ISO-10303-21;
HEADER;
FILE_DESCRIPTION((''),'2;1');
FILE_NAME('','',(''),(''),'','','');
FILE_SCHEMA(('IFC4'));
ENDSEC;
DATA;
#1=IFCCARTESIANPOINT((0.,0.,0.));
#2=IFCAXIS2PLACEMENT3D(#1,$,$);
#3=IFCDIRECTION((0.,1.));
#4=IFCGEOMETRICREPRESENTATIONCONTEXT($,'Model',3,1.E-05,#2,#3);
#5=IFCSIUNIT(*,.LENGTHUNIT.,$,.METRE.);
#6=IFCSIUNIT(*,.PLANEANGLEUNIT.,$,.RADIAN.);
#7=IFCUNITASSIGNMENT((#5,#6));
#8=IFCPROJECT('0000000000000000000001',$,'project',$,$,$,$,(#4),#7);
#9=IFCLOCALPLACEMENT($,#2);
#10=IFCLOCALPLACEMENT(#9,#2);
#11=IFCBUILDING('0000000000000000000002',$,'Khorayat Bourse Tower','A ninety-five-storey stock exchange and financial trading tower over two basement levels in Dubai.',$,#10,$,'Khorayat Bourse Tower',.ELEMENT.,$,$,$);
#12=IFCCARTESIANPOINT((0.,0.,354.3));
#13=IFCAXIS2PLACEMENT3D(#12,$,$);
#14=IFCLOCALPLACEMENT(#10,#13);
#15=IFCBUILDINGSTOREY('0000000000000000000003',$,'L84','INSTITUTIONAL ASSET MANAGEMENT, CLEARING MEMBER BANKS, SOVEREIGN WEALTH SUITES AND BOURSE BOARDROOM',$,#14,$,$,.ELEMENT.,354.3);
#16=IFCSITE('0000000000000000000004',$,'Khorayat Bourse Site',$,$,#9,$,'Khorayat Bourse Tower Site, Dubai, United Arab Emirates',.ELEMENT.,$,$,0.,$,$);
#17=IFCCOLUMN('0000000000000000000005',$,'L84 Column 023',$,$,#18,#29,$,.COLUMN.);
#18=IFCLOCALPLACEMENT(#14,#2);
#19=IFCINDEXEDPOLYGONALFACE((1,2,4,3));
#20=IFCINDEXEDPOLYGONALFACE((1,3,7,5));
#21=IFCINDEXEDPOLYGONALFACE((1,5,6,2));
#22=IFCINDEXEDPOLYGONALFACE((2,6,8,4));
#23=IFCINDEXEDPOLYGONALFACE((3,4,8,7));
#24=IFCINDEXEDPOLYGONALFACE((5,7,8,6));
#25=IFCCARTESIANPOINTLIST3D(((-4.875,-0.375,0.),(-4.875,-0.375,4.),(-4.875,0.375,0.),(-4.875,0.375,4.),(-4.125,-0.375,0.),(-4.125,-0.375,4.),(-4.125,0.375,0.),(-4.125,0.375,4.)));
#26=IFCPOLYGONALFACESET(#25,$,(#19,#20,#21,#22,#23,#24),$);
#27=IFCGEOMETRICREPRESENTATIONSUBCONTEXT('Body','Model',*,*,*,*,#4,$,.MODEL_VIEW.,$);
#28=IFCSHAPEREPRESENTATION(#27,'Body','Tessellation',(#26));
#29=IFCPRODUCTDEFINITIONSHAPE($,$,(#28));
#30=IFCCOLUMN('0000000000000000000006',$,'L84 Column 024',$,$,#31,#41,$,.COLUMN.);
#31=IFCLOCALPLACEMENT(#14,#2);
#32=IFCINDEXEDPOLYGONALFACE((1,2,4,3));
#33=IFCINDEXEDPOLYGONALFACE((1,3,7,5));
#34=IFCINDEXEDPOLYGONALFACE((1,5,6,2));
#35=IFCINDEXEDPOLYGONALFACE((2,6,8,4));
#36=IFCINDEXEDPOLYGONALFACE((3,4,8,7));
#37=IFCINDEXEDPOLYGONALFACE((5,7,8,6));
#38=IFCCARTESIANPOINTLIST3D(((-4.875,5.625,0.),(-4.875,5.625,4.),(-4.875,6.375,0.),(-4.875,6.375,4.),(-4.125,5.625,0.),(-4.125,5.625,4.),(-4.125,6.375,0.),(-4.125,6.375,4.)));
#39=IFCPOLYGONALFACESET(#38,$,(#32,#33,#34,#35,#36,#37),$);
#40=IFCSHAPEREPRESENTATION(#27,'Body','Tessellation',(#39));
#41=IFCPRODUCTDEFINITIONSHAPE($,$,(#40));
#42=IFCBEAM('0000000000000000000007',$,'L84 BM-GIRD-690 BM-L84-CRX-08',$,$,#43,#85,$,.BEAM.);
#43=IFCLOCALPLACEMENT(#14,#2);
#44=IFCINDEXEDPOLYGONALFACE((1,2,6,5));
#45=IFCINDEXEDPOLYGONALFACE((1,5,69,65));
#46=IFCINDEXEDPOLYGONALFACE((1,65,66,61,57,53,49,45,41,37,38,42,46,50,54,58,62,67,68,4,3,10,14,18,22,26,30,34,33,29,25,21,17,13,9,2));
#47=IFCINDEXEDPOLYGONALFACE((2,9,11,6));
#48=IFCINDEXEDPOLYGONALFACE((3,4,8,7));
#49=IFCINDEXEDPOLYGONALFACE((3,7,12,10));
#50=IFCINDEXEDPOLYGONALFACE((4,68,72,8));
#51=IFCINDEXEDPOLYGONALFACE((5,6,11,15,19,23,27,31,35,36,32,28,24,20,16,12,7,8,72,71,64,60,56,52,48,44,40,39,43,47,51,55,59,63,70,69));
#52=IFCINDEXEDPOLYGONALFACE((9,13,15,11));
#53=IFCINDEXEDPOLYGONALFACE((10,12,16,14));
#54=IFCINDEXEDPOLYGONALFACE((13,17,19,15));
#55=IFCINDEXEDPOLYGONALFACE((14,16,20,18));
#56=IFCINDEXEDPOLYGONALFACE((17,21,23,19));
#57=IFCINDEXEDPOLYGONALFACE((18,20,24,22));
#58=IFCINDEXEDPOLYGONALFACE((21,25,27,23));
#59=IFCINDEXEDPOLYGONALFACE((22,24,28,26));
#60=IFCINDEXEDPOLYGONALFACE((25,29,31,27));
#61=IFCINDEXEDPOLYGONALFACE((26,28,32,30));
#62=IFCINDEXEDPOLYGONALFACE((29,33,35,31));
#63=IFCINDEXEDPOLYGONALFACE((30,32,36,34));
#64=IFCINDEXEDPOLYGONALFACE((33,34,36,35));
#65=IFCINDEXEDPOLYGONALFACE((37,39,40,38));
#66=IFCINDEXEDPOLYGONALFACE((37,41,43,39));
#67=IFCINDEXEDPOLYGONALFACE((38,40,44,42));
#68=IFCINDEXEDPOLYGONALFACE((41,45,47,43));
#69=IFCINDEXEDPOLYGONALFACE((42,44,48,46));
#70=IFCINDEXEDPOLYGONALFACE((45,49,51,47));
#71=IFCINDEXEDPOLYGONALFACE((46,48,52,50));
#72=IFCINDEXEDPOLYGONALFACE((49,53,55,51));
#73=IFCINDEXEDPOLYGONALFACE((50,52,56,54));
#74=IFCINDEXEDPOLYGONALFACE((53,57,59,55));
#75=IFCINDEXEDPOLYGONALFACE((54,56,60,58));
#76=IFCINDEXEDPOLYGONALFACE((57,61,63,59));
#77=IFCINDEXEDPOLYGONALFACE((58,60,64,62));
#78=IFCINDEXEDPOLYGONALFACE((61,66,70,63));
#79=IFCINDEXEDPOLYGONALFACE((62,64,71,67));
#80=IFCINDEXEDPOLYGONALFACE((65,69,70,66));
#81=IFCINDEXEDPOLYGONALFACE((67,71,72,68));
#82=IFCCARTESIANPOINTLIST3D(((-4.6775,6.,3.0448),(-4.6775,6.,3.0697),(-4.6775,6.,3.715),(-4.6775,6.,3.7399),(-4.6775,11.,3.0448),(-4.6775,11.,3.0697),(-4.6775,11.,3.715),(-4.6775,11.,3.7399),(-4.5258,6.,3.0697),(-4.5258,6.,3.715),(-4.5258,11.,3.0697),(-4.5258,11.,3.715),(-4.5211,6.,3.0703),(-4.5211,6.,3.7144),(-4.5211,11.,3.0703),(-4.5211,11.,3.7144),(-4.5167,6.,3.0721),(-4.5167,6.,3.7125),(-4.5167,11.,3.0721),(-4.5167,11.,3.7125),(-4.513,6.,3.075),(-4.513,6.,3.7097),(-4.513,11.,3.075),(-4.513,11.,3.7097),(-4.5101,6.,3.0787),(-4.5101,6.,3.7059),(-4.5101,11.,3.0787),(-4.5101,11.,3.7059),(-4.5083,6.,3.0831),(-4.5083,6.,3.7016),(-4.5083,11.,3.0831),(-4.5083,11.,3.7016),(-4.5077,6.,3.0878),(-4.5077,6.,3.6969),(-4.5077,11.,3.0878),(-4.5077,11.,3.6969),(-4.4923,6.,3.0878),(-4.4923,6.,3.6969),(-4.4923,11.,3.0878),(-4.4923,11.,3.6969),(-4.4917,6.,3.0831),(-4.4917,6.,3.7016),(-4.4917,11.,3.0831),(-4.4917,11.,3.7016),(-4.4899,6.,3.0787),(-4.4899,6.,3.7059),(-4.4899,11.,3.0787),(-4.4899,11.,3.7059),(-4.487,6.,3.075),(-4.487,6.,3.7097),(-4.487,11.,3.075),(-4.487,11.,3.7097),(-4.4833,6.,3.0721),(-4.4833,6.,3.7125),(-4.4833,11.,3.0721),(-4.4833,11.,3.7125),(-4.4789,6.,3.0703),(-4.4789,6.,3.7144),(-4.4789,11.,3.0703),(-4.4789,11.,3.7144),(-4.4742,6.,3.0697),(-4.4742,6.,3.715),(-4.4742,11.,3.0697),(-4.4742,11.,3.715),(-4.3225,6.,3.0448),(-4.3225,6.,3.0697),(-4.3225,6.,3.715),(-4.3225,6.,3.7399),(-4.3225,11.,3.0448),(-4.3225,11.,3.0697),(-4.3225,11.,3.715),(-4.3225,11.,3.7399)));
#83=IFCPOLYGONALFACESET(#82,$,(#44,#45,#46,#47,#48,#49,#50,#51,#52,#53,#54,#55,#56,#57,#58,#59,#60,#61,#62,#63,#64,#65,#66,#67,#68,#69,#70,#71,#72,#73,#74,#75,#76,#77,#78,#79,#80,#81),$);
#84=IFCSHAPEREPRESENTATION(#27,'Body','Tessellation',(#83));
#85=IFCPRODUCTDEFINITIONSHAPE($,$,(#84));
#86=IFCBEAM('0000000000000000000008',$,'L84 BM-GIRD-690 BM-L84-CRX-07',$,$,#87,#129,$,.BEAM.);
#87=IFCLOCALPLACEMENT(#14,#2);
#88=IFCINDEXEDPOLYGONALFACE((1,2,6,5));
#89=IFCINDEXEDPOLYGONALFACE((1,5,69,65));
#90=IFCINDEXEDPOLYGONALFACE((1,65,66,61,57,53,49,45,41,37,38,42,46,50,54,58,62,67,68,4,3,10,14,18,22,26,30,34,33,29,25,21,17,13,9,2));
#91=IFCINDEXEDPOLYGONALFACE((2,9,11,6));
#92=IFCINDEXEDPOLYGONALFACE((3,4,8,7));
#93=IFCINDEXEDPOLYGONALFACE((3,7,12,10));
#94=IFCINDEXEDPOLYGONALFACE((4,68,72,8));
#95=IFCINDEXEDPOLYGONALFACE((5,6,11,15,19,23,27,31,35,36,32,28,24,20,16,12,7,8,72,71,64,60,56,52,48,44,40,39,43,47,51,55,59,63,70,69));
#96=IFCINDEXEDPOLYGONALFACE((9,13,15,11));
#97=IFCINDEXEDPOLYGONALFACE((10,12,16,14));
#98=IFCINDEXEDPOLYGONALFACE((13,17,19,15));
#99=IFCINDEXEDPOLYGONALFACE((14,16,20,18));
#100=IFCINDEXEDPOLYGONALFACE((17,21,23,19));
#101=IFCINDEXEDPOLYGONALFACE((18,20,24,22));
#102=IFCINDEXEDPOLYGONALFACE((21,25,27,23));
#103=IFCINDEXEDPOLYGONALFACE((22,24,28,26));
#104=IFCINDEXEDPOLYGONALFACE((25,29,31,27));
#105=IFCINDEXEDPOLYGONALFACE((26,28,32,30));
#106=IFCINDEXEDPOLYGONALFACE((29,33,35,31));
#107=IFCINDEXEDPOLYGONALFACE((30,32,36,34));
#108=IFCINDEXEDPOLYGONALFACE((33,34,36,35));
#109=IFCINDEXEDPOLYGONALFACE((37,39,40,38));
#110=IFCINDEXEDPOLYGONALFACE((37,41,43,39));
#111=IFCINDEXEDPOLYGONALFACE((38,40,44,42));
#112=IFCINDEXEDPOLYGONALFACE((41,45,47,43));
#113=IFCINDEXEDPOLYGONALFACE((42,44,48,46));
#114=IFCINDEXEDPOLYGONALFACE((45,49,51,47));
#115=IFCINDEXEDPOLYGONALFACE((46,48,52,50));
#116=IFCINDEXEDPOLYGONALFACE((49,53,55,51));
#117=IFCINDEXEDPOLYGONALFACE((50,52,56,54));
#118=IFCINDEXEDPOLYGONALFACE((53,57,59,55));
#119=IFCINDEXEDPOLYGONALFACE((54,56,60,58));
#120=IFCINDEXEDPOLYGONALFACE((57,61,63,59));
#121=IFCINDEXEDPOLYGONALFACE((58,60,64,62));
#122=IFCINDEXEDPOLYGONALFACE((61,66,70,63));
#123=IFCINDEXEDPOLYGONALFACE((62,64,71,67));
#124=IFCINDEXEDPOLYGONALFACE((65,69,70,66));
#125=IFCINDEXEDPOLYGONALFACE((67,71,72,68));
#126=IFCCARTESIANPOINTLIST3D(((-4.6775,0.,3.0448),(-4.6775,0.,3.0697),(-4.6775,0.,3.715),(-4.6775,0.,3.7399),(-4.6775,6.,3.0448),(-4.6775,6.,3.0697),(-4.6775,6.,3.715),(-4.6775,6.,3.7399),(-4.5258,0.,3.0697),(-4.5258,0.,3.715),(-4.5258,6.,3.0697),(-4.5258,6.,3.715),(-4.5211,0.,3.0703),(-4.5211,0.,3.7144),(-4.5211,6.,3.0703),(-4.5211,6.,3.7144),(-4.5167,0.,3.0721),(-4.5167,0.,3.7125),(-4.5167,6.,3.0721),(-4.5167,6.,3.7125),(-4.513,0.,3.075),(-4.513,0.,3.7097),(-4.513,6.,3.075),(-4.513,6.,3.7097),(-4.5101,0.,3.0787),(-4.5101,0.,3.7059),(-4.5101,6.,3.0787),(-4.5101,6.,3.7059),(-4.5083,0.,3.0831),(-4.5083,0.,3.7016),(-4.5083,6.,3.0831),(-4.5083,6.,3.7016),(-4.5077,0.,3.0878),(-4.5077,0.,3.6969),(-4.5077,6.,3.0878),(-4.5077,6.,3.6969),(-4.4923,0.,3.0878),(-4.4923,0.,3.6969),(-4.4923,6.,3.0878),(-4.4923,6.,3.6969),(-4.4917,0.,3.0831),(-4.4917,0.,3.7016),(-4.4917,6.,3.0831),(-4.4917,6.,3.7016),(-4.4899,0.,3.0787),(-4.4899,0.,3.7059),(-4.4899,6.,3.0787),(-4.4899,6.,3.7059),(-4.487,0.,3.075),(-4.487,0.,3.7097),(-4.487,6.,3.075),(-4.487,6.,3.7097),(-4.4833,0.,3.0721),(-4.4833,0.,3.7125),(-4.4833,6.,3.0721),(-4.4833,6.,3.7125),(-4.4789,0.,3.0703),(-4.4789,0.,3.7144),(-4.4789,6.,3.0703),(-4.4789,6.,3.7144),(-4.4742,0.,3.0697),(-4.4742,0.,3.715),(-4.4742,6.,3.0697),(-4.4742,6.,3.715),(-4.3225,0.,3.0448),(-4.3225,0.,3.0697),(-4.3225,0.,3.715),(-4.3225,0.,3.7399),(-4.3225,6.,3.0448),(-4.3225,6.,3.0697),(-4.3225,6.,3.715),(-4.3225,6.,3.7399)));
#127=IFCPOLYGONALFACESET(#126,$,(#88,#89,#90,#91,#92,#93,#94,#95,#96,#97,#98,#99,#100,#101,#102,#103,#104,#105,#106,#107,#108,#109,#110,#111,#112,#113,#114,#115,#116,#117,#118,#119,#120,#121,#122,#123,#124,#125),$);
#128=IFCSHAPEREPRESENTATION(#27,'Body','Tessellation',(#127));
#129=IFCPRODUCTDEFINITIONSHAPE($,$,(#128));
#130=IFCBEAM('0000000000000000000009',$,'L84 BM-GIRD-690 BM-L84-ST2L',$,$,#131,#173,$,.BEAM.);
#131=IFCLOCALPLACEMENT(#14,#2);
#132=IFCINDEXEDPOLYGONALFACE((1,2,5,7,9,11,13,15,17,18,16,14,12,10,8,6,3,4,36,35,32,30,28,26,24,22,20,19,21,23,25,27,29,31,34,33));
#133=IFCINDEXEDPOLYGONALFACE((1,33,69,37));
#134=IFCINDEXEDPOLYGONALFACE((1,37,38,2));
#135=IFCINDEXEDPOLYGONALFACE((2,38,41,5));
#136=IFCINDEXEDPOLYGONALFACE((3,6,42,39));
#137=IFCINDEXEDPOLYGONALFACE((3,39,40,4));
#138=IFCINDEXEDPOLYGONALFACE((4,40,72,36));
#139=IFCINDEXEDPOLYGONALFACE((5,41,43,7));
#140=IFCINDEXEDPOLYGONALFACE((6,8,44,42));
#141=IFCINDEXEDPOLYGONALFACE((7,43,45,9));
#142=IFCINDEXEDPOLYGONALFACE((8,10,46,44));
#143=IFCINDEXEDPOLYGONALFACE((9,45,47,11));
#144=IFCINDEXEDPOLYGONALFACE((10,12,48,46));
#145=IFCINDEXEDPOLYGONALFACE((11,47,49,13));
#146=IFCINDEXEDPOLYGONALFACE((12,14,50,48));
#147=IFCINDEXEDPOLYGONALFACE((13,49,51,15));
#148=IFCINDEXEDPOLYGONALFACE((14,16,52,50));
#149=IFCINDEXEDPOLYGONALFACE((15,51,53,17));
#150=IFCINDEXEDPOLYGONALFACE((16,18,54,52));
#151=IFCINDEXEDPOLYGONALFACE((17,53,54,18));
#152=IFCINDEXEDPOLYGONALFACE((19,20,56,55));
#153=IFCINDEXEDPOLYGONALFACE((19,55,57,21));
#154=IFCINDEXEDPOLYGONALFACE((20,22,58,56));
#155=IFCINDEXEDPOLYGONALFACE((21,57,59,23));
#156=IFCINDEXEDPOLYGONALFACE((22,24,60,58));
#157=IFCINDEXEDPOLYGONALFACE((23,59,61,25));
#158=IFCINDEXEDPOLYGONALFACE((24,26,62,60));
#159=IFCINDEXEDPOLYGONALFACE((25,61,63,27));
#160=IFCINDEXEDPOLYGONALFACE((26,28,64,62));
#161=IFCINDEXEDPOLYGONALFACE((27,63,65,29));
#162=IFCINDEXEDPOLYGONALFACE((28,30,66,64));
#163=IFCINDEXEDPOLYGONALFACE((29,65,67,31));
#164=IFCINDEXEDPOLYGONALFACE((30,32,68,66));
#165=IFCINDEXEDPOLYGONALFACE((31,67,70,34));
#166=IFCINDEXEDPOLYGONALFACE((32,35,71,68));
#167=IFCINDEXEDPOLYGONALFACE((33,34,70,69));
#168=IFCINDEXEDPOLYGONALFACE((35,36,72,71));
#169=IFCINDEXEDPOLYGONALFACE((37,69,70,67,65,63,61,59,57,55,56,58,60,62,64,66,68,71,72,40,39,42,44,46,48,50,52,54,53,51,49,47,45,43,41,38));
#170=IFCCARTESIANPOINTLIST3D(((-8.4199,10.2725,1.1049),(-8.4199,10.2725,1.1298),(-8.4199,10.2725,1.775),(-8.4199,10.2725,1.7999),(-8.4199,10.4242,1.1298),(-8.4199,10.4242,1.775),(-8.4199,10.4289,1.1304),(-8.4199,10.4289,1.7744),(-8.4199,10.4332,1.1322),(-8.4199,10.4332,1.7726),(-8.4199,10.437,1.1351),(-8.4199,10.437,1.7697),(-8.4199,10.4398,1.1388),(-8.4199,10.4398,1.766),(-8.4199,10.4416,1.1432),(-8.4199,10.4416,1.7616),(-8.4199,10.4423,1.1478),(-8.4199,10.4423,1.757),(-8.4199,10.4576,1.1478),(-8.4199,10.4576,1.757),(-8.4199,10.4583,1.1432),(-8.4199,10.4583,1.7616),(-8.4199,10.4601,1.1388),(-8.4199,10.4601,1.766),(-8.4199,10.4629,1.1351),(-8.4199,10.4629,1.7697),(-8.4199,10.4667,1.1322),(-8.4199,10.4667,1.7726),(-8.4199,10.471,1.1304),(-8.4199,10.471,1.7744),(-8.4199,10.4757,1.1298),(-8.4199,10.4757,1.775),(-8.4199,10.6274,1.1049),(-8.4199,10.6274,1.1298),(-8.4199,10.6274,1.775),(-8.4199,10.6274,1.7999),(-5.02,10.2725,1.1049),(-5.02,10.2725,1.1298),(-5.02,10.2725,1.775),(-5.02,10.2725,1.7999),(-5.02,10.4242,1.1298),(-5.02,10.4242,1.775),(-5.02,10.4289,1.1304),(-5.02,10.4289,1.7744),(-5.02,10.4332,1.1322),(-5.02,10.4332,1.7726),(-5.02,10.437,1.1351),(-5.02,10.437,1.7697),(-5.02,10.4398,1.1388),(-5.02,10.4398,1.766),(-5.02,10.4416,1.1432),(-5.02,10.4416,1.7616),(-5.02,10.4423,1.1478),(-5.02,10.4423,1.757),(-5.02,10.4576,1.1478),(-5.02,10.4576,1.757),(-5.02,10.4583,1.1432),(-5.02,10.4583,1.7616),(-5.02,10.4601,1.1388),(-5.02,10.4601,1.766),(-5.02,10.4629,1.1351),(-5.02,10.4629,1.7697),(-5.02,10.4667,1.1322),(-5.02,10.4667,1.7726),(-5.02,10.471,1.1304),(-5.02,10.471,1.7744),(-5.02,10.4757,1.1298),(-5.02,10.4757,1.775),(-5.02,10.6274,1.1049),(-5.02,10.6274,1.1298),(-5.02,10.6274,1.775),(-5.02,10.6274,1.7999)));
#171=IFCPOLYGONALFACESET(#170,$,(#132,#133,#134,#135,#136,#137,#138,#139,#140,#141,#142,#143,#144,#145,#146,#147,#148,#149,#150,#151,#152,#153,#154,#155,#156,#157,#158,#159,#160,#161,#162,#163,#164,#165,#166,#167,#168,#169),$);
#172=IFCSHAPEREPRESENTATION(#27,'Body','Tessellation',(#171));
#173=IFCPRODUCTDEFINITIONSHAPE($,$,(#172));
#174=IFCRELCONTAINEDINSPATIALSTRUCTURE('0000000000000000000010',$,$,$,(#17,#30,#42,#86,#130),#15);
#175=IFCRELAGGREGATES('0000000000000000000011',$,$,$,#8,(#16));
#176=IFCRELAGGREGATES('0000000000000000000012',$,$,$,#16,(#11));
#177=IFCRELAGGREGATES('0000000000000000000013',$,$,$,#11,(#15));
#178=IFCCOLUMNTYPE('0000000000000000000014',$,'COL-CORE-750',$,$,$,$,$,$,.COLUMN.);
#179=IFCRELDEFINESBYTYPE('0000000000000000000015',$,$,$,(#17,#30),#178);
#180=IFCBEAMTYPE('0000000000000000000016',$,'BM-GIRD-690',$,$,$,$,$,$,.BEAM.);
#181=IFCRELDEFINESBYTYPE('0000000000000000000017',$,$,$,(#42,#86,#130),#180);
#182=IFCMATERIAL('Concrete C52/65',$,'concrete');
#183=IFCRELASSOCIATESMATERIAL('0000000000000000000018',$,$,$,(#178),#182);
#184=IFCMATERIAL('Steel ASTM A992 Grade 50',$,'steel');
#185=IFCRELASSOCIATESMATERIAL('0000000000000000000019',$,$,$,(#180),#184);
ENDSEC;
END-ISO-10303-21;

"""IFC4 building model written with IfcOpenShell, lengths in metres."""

from ifc_helpers import new_model, si_unit, direction, frame, origin, origin_2d, place, context, subcontext, project, spatial, rectangle, i_section, extrude, source, transform, mapped, material, material_profile, profile_set, type_object, element, save


model = new_model("IFC4")

# Units and contexts
model_context = context("Model", 3, precision=1e-05, world=origin(), true_north=direction((0.0, 1.0)))
body_context = subcontext(model_context, "Body", "Model", "MODEL_VIEW")
ifc_project = project(units=[si_unit("LENGTHUNIT", "METRE"), si_unit("PLANEANGLEUNIT", "RADIAN")], contexts=[model_context])

# Site, building, storey
site_placement = place(None, origin())
site = spatial("IfcSite", under=ifc_project, at=site_placement, Name="Khorayat Bourse Site", LongName="Khorayat Bourse Tower Site, Dubai, United Arab Emirates", CompositionType="ELEMENT", RefElevation=0.0)
building_placement = place(site_placement, origin())
building = spatial("IfcBuilding", under=site, at=building_placement, Name="Khorayat Bourse Tower", Description="A ninety-five-storey stock exchange and financial trading tower over two basement levels in Dubai.", LongName="Khorayat Bourse Tower", CompositionType="ELEMENT")
storey_placement = place(building_placement, frame((0.0, 0.0, 354.3)))
storey = spatial("IfcBuildingStorey", under=building, at=storey_placement, Name="L84", Description="INSTITUTIONAL ASSET MANAGEMENT, CLEARING MEMBER BANKS, SOVEREIGN WEALTH SUITES AND BOURSE BOARDROOM", CompositionType="ELEMENT", Elevation=354.3)

# Columns
ifc_material_1 = material(Name="Concrete C52/65", Category="concrete")
ifc_material_profile_1 = material_profile(ifc_material_1, rectangle(XDim=0.75, YDim=0.75, at=origin_2d()), Name="RC 750x750")
ifc_profile_set_1 = profile_set([ifc_material_profile_1], Name="Concrete C52/65")
column_type = type_object("IfcColumnType", Name="COL-CORE-750", PredefinedType="COLUMN", material=ifc_profile_set_1)
shared_shape_1 = source(origin(), body_context, "Body", "SweptSolid", [
    extrude(rectangle(XDim=0.75, YDim=0.75, at=origin_2d()), origin(), (0.0, 0.0, 1.0), 4.0),
])
for number, where, z_axis, x_axis, name in (
    (1, (-4.5, 0.0, 0.0), (0.0, 0.0, 1.0), (1.0, 0.0, 0.0), "L84 Column 023"),
    (2, (-4.5, 6.0, 0.0), (0.0, 0.0, 1.0), (1.0, 0.0, 0.0), "L84 Column 024"),
):
    element("IfcColumn", number, at=place(storey_placement, frame(where, z_axis=z_axis, x_axis=x_axis)), inside=storey, type_object=column_type, Name=name, PredefinedType="COLUMN", context=body_context, shape_type="MappedRepresentation", body=[
        mapped(shared_shape_1, transform((0.0, 0.0, 0.0), scale=1.0)),
    ])

# Beams
ifc_material_2 = material(Name="Steel ASTM A992 Grade 50", Category="steel")
ifc_material_profile_2 = material_profile(ifc_material_2, i_section(OverallWidth=0.355, OverallDepth=0.6951, WebThickness=0.0154, FlangeThickness=0.0249, FilletRadius=0.0181, at=origin_2d()), Name="W690X217")
ifc_profile_set_2 = profile_set([ifc_material_profile_2], Name="Steel ASTM A992 Grade 50")
beam_type = type_object("IfcBeamType", Name="BM-GIRD-690", PredefinedType="BEAM", material=ifc_profile_set_2)
shared_shape_2 = source(origin(), body_context, "Body", "SweptSolid", [
    extrude(i_section(OverallWidth=0.355, OverallDepth=0.6951, WebThickness=0.0154, FlangeThickness=0.0249, FilletRadius=0.0181, at=origin_2d()), origin(), (0.0, 0.0, 1.0), 5.0),
])
beam_1_placement = place(storey_placement, frame((-4.5, 6.0, 3.3923), z_axis=(0.0, 1.0, 0.0), x_axis=(-1.0, 0.0, 0.0)))
element("IfcBeam", 3, at=beam_1_placement, inside=storey, type_object=beam_type, Name="L84 BM-GIRD-690 BM-L84-CRX-08", PredefinedType="BEAM", context=body_context, shape_type="MappedRepresentation", body=[
    mapped(shared_shape_2, transform((0.0, 0.0, 0.0), scale=1.0)),
])
shared_shape_3 = source(origin(), body_context, "Body", "SweptSolid", [
    extrude(i_section(OverallWidth=0.355, OverallDepth=0.6951, WebThickness=0.0154, FlangeThickness=0.0249, FilletRadius=0.0181, at=origin_2d()), origin(), (0.0, 0.0, 1.0), 6.0),
])
beam_2_placement = place(storey_placement, frame((-4.5, 0.0, 3.3923), z_axis=(0.0, 1.0, 0.0), x_axis=(-1.0, 0.0, 0.0)))
element("IfcBeam", 4, at=beam_2_placement, inside=storey, type_object=beam_type, Name="L84 BM-GIRD-690 BM-L84-CRX-07", PredefinedType="BEAM", context=body_context, shape_type="MappedRepresentation", body=[
    mapped(shared_shape_3, transform((0.0, 0.0, 0.0), scale=1.0)),
])
shared_shape_4 = source(origin(), body_context, "Body", "SweptSolid", [
    extrude(i_section(OverallWidth=0.355, OverallDepth=0.6951, WebThickness=0.0154, FlangeThickness=0.0249, FilletRadius=0.0181, at=origin_2d()), origin(), (0.0, 0.0, 1.0), 3.3999),
])
beam_3_placement = place(storey_placement, frame((-8.4199, 10.45, 1.4524), z_axis=(1.0, 0.0, 0.0), x_axis=(0.0, 1.0, 0.0)))
element("IfcBeam", 5, at=beam_3_placement, inside=storey, type_object=beam_type, Name="L84 BM-GIRD-690 BM-L84-ST2L", PredefinedType="BEAM", context=body_context, shape_type="MappedRepresentation", body=[
    mapped(shared_shape_4, transform((0.0, 0.0, 0.0), scale=1.0)),
])

save(model, "model.ifc")
